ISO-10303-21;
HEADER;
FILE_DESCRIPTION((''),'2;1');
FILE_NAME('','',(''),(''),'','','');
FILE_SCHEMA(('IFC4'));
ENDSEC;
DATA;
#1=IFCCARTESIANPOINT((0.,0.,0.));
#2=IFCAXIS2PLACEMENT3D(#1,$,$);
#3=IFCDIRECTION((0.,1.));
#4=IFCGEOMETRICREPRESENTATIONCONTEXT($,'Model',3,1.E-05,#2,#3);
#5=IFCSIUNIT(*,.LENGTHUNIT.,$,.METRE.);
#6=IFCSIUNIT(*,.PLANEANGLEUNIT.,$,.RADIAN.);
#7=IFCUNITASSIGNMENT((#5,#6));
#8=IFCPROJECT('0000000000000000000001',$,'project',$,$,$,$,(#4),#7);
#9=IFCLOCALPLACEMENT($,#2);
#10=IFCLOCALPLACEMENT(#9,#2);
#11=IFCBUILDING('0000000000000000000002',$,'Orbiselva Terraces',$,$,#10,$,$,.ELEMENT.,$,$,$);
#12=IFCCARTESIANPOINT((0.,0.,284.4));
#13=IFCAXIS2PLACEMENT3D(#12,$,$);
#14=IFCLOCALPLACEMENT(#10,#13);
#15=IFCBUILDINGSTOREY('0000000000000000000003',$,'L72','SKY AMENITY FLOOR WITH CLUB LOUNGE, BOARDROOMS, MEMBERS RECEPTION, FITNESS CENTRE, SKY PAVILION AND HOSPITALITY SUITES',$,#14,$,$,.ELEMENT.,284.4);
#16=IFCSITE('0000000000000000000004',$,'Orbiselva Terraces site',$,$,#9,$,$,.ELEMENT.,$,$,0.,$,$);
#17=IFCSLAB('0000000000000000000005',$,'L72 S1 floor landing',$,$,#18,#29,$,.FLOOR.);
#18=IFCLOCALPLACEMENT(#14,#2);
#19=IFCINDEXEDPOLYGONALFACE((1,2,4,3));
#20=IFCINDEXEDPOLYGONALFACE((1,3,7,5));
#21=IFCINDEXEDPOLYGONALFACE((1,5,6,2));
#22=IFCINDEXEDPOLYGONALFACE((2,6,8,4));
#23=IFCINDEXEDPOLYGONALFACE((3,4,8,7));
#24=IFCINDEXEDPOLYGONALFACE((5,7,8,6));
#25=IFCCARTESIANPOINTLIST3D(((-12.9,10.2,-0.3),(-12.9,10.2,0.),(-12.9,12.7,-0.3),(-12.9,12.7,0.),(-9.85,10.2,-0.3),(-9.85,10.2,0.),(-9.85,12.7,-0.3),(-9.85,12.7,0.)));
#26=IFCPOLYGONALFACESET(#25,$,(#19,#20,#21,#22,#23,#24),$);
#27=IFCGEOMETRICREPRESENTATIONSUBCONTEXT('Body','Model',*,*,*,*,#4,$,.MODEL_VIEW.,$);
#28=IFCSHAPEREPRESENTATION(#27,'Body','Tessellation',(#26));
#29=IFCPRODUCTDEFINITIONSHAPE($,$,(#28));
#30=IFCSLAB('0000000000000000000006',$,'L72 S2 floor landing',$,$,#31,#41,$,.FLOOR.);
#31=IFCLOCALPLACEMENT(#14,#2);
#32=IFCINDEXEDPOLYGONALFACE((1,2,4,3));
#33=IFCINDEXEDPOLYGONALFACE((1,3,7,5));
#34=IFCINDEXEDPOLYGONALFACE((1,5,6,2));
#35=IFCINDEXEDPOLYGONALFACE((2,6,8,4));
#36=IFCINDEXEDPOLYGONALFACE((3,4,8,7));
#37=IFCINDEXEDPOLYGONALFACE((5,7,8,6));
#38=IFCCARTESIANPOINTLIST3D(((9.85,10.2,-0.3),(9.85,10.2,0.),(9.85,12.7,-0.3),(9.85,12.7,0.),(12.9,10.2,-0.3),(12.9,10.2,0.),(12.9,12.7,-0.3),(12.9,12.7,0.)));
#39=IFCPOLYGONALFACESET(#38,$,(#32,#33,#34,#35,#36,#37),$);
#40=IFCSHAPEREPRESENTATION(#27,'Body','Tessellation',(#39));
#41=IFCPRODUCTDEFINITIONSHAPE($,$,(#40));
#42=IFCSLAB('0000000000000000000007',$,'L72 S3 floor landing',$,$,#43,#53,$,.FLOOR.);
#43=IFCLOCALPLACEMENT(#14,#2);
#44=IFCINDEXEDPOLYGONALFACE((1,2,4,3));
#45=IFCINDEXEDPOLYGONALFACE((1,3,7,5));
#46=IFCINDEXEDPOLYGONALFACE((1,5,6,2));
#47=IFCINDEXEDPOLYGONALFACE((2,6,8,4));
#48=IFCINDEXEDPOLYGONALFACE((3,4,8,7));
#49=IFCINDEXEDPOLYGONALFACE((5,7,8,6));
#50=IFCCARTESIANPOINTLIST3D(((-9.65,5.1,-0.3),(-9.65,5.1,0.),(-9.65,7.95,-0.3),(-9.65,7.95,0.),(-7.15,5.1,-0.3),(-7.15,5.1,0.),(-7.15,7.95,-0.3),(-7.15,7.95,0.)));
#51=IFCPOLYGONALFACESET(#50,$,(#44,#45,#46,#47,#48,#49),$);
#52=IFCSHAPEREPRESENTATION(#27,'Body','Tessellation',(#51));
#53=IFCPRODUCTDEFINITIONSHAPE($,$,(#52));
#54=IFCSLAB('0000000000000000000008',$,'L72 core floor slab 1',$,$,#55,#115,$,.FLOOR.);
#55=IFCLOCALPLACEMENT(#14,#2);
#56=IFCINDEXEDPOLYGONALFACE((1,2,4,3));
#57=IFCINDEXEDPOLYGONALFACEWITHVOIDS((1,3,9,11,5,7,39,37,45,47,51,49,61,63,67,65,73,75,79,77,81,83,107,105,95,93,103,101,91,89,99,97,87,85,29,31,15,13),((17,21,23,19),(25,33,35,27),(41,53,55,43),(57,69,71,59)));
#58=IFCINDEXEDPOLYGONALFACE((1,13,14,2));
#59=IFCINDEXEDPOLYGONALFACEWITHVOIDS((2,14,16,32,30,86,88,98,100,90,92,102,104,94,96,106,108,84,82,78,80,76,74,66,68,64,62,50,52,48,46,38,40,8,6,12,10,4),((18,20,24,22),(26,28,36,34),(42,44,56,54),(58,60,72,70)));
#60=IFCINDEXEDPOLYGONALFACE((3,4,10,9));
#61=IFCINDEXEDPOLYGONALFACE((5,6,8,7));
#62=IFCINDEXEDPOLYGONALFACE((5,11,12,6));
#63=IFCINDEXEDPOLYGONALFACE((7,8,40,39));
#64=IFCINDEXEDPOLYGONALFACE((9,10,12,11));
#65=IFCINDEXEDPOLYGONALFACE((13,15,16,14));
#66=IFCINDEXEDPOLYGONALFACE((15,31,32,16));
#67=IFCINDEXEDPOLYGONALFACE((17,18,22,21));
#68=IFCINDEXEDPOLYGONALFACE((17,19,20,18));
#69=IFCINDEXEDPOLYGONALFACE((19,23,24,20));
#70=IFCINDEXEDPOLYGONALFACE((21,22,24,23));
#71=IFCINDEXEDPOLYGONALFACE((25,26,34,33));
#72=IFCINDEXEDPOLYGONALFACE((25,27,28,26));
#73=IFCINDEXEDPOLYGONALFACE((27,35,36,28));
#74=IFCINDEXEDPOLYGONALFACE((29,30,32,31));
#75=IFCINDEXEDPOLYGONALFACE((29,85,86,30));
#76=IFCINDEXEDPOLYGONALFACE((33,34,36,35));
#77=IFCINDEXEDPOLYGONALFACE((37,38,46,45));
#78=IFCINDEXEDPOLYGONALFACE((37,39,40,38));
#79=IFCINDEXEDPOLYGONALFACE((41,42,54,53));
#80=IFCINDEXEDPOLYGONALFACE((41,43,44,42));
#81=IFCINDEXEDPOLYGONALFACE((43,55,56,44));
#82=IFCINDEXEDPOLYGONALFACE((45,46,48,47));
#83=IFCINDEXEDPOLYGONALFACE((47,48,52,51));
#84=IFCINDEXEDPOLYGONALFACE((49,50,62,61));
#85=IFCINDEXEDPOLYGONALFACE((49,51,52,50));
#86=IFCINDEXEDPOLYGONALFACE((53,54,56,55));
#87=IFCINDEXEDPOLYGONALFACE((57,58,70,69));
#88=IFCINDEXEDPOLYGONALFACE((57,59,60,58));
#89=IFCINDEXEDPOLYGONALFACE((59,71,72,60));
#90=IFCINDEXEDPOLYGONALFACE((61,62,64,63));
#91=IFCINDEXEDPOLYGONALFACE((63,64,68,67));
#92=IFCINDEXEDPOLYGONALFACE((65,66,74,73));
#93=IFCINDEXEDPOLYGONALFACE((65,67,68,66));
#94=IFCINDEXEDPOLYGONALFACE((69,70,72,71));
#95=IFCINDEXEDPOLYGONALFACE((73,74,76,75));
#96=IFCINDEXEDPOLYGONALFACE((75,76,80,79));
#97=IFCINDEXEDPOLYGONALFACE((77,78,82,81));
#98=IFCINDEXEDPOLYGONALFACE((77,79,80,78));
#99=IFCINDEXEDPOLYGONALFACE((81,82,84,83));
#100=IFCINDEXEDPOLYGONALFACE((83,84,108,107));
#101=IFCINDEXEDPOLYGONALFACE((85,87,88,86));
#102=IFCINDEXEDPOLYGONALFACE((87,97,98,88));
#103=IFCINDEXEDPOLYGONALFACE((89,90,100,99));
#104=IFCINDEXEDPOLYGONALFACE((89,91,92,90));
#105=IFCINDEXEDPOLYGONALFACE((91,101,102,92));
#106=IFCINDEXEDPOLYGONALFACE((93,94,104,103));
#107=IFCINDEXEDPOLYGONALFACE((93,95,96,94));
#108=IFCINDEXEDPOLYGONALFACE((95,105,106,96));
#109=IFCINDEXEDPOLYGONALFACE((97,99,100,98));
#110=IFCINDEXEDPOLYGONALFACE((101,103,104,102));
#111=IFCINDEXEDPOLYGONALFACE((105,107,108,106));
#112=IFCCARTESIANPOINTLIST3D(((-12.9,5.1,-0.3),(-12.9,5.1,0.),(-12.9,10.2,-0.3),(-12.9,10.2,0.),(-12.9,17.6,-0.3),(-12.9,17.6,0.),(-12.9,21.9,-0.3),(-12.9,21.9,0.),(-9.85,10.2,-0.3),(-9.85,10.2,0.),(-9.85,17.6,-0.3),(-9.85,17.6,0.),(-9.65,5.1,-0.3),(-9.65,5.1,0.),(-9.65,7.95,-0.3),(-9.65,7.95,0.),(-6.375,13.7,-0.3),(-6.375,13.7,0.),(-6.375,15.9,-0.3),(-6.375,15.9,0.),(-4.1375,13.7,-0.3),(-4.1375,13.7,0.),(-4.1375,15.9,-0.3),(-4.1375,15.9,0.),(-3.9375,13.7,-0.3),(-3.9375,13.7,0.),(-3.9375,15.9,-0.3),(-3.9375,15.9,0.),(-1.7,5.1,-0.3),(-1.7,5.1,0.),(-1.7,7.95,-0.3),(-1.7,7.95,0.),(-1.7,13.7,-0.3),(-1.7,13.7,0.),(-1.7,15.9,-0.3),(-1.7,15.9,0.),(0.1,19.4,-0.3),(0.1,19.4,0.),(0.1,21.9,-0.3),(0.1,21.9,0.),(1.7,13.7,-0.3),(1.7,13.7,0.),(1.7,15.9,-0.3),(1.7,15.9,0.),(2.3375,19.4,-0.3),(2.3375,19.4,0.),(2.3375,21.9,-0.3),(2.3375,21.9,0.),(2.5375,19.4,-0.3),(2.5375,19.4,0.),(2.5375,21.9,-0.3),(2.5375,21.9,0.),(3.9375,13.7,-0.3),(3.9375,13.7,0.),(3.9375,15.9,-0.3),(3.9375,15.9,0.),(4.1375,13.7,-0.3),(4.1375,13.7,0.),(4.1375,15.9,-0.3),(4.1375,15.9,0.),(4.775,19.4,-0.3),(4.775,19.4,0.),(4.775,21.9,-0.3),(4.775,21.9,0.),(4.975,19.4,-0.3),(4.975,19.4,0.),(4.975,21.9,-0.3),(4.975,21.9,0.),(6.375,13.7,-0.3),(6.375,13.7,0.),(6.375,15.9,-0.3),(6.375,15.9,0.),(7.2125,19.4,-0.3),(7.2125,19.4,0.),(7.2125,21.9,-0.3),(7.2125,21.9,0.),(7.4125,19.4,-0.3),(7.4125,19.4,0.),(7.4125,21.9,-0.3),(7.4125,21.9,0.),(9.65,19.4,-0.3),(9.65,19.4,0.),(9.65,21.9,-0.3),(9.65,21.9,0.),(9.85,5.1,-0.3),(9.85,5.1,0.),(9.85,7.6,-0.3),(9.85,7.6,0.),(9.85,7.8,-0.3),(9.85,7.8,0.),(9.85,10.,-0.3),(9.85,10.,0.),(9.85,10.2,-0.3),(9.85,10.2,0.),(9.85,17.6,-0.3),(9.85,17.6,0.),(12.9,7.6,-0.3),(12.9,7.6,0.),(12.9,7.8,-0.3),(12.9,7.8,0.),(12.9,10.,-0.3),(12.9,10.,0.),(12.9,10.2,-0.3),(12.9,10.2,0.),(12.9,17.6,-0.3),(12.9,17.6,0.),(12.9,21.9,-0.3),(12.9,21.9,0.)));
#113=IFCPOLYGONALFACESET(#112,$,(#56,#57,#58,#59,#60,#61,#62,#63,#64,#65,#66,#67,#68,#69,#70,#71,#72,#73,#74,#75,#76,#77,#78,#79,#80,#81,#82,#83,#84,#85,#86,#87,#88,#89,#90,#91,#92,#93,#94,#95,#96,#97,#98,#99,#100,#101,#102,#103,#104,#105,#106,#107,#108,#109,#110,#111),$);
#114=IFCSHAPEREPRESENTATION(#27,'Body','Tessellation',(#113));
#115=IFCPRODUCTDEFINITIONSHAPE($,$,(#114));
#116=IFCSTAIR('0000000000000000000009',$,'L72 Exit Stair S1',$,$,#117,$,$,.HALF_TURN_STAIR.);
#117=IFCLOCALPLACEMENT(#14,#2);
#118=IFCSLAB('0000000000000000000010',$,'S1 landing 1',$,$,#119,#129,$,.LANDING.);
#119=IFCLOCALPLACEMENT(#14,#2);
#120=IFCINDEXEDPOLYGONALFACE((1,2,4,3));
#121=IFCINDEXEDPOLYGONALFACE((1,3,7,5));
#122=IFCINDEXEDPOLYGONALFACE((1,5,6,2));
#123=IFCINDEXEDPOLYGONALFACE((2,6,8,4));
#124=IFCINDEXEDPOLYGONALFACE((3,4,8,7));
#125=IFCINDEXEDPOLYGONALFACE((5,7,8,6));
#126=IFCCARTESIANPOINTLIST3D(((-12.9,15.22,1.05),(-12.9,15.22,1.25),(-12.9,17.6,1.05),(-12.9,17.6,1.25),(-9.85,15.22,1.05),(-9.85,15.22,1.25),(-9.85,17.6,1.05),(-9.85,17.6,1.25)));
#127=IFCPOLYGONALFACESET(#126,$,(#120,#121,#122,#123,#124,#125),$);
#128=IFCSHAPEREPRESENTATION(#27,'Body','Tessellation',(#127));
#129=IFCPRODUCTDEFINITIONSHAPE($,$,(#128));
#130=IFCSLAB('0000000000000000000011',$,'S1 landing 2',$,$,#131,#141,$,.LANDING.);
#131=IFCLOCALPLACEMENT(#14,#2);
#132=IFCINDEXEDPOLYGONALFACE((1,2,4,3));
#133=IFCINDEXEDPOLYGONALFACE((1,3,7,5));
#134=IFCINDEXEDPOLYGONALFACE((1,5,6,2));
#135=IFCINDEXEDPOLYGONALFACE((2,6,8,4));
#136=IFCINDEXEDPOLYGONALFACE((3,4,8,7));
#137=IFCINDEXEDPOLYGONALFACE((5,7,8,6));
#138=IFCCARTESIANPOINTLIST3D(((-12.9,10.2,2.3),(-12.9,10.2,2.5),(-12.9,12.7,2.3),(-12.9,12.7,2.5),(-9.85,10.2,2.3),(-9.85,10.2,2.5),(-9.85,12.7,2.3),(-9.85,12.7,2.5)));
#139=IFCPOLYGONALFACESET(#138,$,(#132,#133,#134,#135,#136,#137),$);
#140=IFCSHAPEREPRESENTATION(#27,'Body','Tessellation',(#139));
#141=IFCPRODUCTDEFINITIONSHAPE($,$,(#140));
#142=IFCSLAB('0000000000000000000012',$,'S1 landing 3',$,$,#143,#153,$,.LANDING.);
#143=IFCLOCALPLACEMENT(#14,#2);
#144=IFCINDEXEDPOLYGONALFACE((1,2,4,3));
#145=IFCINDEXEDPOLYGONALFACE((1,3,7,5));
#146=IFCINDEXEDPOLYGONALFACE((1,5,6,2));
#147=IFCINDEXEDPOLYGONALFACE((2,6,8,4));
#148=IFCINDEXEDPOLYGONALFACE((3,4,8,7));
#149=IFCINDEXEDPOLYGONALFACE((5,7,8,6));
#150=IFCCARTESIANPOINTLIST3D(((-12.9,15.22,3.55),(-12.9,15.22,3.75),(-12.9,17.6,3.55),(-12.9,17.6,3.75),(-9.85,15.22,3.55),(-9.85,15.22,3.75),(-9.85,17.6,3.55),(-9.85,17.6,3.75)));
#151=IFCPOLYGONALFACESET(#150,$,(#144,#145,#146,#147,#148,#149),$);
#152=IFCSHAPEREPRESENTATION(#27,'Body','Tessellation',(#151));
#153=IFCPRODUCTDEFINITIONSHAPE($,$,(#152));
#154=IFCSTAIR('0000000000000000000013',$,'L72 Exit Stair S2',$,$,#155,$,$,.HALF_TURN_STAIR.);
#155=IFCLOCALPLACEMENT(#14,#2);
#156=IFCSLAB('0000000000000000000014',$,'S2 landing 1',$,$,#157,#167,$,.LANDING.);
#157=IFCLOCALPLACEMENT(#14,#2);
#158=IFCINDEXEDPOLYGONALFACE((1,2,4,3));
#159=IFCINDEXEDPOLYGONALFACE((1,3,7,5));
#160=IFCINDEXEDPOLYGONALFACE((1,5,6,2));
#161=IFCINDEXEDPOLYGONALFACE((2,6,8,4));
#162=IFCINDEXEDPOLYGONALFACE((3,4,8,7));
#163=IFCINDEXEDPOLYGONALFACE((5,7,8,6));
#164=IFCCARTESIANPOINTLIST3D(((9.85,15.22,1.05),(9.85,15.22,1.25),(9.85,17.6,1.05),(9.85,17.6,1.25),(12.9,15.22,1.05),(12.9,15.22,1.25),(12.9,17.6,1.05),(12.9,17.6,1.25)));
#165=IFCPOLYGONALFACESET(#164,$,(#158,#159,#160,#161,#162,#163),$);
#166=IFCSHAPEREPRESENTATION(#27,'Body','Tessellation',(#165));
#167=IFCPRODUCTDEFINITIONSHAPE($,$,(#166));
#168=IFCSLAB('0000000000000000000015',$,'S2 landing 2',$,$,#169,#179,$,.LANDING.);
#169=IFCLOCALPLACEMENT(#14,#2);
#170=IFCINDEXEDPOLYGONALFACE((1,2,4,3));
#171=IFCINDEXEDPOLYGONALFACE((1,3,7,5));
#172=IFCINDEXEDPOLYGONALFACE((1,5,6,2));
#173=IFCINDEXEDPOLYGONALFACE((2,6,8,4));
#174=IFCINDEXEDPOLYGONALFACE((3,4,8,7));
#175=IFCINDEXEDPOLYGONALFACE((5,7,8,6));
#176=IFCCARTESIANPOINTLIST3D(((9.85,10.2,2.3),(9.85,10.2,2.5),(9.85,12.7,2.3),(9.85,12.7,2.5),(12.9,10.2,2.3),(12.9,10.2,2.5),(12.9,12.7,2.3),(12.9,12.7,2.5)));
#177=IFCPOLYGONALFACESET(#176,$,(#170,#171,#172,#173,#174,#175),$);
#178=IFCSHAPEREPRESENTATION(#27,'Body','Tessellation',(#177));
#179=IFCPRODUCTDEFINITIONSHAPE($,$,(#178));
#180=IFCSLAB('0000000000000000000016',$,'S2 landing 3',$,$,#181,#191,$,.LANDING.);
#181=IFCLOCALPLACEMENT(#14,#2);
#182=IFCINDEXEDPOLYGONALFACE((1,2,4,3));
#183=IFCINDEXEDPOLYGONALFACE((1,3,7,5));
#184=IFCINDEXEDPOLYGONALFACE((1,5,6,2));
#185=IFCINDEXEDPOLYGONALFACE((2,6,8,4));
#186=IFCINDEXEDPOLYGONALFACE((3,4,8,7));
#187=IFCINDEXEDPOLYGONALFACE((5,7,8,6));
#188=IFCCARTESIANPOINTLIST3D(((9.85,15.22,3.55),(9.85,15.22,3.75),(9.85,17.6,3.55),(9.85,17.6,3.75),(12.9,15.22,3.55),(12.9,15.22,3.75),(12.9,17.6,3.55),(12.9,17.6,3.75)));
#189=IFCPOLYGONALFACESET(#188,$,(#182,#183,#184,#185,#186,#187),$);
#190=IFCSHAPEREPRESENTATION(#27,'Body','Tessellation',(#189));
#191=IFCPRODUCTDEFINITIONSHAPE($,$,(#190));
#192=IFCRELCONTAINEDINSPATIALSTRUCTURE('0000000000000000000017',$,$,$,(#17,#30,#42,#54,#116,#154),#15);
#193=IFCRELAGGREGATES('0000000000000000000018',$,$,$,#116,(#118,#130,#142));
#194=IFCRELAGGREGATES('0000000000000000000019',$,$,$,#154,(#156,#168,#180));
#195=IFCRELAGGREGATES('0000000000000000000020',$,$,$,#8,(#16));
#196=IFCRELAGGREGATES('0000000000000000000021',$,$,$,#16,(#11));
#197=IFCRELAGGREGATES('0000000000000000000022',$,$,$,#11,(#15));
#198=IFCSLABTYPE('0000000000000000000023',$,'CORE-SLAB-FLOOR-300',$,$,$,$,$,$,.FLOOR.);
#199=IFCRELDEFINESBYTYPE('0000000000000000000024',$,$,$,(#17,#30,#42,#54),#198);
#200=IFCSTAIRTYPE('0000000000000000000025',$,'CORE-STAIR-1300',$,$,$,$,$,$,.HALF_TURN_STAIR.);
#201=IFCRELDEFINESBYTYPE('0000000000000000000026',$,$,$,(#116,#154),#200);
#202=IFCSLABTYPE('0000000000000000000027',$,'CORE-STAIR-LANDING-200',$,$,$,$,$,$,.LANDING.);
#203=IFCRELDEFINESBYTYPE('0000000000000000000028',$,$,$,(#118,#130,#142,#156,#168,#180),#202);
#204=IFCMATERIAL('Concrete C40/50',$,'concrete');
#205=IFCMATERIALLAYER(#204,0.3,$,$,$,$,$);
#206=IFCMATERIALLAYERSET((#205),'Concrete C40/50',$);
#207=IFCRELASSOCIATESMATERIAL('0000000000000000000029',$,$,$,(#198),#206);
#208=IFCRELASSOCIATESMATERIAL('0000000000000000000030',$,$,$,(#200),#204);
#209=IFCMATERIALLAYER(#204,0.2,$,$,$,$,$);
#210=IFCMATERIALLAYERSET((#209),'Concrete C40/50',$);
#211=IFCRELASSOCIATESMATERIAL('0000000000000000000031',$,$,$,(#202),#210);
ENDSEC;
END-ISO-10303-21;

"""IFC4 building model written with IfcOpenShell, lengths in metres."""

from ifc_helpers import new_model, si_unit, direction, frame, origin, place, context, subcontext, project, spatial, polyline, outline, extrude, material, layer, layer_set, type_object, element, aggregate, save


model = new_model("IFC4")

# Units and contexts
model_context = context("Model", 3, precision=1e-05, world=origin(), true_north=direction((0.0, 1.0)))
body_context = subcontext(model_context, "Body", "Model", "MODEL_VIEW")
ifc_project = project(units=[si_unit("LENGTHUNIT", "METRE"), si_unit("PLANEANGLEUNIT", "RADIAN")], contexts=[model_context])

# Site, building, storey
site_placement = place(None, origin())
site = spatial("IfcSite", under=ifc_project, at=site_placement, Name="Orbiselva Terraces site", CompositionType="ELEMENT", RefElevation=0.0)
building_placement = place(site_placement, origin())
building = spatial("IfcBuilding", under=site, at=building_placement, Name="Orbiselva Terraces", CompositionType="ELEMENT")
storey_placement = place(building_placement, frame((0.0, 0.0, 284.4)))
storey = spatial("IfcBuildingStorey", under=building, at=storey_placement, Name="L72", Description="SKY AMENITY FLOOR WITH CLUB LOUNGE, BOARDROOMS, MEMBERS RECEPTION, FITNESS CENTRE, SKY PAVILION AND HOSPITALITY SUITES", CompositionType="ELEMENT", Elevation=284.4)

# Slabs
ifc_material_1 = material(Name="Concrete C40/50", Category="concrete")
ifc_layer_1 = layer(ifc_material_1, 0.3)
ifc_layer_set_1 = layer_set([ifc_layer_1], Name="Concrete C40/50")
slab_type_1 = type_object("IfcSlabType", Name="CORE-SLAB-FLOOR-300", PredefinedType="FLOOR", material=ifc_layer_set_1)
slab_1_placement = place(storey_placement, frame((0.0, 0.0, -0.3)))
element("IfcSlab", 1, at=slab_1_placement, inside=storey, type_object=slab_type_1, Name="L72 S1 floor landing", PredefinedType="FLOOR", context=body_context, shape_type="SweptSolid", body=[
    extrude(outline(polyline([(-12.9, 12.7), (-9.85, 12.7), (-9.85, 10.2), (-12.9, 10.2), (-12.9, 12.7)])), origin(), (0.0, 0.0, 1.0), 0.3),
])
slab_2_placement = place(storey_placement, frame((0.0, 0.0, -0.3)))
element("IfcSlab", 2, at=slab_2_placement, inside=storey, type_object=slab_type_1, Name="L72 S2 floor landing", PredefinedType="FLOOR", context=body_context, shape_type="SweptSolid", body=[
    extrude(outline(polyline([(12.9, 12.7), (12.9, 10.2), (9.85, 10.2), (9.85, 12.7), (12.9, 12.7)])), origin(), (0.0, 0.0, 1.0), 0.3),
])
slab_3_placement = place(storey_placement, frame((0.0, 0.0, -0.3)))
element("IfcSlab", 3, at=slab_3_placement, inside=storey, type_object=slab_type_1, Name="L72 S3 floor landing", PredefinedType="FLOOR", context=body_context, shape_type="SweptSolid", body=[
    extrude(outline(polyline([(-7.15, 5.1), (-9.65, 5.1), (-9.65, 7.95), (-7.15, 7.95), (-7.15, 5.1)])), origin(), (0.0, 0.0, 1.0), 0.3),
])
slab_4_placement = place(storey_placement, frame((0.0, 0.0, -0.3)))
element("IfcSlab", 4, at=slab_4_placement, inside=storey, type_object=slab_type_1, Name="L72 core floor slab 1", PredefinedType="FLOOR", context=body_context, shape_type="SweptSolid", body=[
    extrude(outline(polyline([(-1.7, 5.1), (-1.7, 7.95), (-9.65, 7.95), (-9.65, 5.1), (-12.9, 5.1), (-12.9, 10.2), (-9.85, 10.2), (-9.85, 17.6), (-12.9, 17.6), (-12.9, 21.9), (0.1, 21.9), (0.1, 19.4), (2.3375, 19.4), (2.3375, 21.9), (2.5375, 21.9), (2.5375, 19.4), (4.775, 19.4), (4.775, 21.9), (4.975, 21.9), (4.975, 19.4), (7.2125, 19.4), (7.2125, 21.9), (7.4125, 21.9), (7.4125, 19.4), (9.65, 19.4), (9.65, 21.9), (12.9, 21.9), (12.9, 17.6), (9.85, 17.6), (9.85, 10.2), (12.9, 10.2), (12.9, 10.0), (9.85, 10.0), (9.85, 7.8), (12.9, 7.8), (12.9, 7.6), (9.85, 7.6), (9.85, 5.1), (-1.7, 5.1)]), holes=[polyline([(-4.1375, 13.7), (-4.1375, 15.9), (-6.375, 15.9), (-6.375, 13.7), (-4.1375, 13.7)]), polyline([(-1.7, 13.7), (-1.7, 15.9), (-3.9375, 15.9), (-3.9375, 13.7), (-1.7, 13.7)]), polyline([(3.9375, 15.9), (1.7, 15.9), (1.7, 13.7), (3.9375, 13.7), (3.9375, 15.9)]), polyline([(6.375, 13.7), (6.375, 15.9), (4.1375, 15.9), (4.1375, 13.7), (6.375, 13.7)])]), origin(), (0.0, 0.0, 1.0), 0.3),
])

# Stairs, slabs
stair_type_1 = type_object("IfcStairType", Name="CORE-STAIR-1300", PredefinedType="HALF_TURN_STAIR", material=ifc_material_1)
stair_1_placement = place(storey_placement, origin())
stair_1 = element("IfcStair", 5, at=stair_1_placement, inside=storey, type_object=stair_type_1, Name="L72 Exit Stair S1", PredefinedType="HALF_TURN_STAIR")
ifc_layer_2 = layer(ifc_material_1, 0.2)
ifc_layer_set_2 = layer_set([ifc_layer_2], Name="Concrete C40/50")
slab_type_2 = type_object("IfcSlabType", Name="CORE-STAIR-LANDING-200", PredefinedType="LANDING", material=ifc_layer_set_2)
slab_5_placement = place(storey_placement, frame((0.0, 0.0, 1.05)))
slab_5 = element("IfcSlab", 6, at=slab_5_placement, type_object=slab_type_2, Name="S1 landing 1", PredefinedType="LANDING", context=body_context, shape_type="SweptSolid", body=[
    extrude(outline(polyline([(-9.85, 15.22), (-9.85, 17.6), (-12.9, 17.6), (-12.9, 15.22), (-9.85, 15.22)])), origin(), (0.0, 0.0, 1.0), 0.2),
])
slab_6_placement = place(storey_placement, frame((0.0, 0.0, 2.3)))
slab_6 = element("IfcSlab", 7, at=slab_6_placement, type_object=slab_type_2, Name="S1 landing 2", PredefinedType="LANDING", context=body_context, shape_type="SweptSolid", body=[
    extrude(outline(polyline([(-9.85, 10.2), (-9.85, 12.7), (-12.9, 12.7), (-12.9, 10.2), (-9.85, 10.2)])), origin(), (0.0, 0.0, 1.0), 0.2),
])
slab_7_placement = place(storey_placement, frame((0.0, 0.0, 3.55)))
slab_7 = element("IfcSlab", 8, at=slab_7_placement, type_object=slab_type_2, Name="S1 landing 3", PredefinedType="LANDING", context=body_context, shape_type="SweptSolid", body=[
    extrude(outline(polyline([(-9.85, 15.22), (-9.85, 17.6), (-12.9, 17.6), (-12.9, 15.22), (-9.85, 15.22)])), origin(), (0.0, 0.0, 1.0), 0.2),
])
aggregate(stair_1, [slab_5, slab_6, slab_7])
stair_2_placement = place(storey_placement, origin())
stair_2 = element("IfcStair", 9, at=stair_2_placement, inside=storey, type_object=stair_type_1, Name="L72 Exit Stair S2", PredefinedType="HALF_TURN_STAIR")
slab_8_placement = place(storey_placement, frame((0.0, 0.0, 1.05)))
slab_8 = element("IfcSlab", 10, at=slab_8_placement, type_object=slab_type_2, Name="S2 landing 1", PredefinedType="LANDING", context=body_context, shape_type="SweptSolid", body=[
    extrude(outline(polyline([(12.9, 15.22), (12.9, 17.6), (9.85, 17.6), (9.85, 15.22), (12.9, 15.22)])), origin(), (0.0, 0.0, 1.0), 0.2),
])
slab_9_placement = place(storey_placement, frame((0.0, 0.0, 2.3)))
slab_9 = element("IfcSlab", 11, at=slab_9_placement, type_object=slab_type_2, Name="S2 landing 2", PredefinedType="LANDING", context=body_context, shape_type="SweptSolid", body=[
    extrude(outline(polyline([(12.9, 10.2), (12.9, 12.7), (9.85, 12.7), (9.85, 10.2), (12.9, 10.2)])), origin(), (0.0, 0.0, 1.0), 0.2),
])
slab_10_placement = place(storey_placement, frame((0.0, 0.0, 3.55)))
slab_10 = element("IfcSlab", 12, at=slab_10_placement, type_object=slab_type_2, Name="S2 landing 3", PredefinedType="LANDING", context=body_context, shape_type="SweptSolid", body=[
    extrude(outline(polyline([(12.9, 15.22), (12.9, 17.6), (9.85, 17.6), (9.85, 15.22), (12.9, 15.22)])), origin(), (0.0, 0.0, 1.0), 0.2),
])
aggregate(stair_2, [slab_8, slab_9, slab_10])

save(model, "model.ifc")
